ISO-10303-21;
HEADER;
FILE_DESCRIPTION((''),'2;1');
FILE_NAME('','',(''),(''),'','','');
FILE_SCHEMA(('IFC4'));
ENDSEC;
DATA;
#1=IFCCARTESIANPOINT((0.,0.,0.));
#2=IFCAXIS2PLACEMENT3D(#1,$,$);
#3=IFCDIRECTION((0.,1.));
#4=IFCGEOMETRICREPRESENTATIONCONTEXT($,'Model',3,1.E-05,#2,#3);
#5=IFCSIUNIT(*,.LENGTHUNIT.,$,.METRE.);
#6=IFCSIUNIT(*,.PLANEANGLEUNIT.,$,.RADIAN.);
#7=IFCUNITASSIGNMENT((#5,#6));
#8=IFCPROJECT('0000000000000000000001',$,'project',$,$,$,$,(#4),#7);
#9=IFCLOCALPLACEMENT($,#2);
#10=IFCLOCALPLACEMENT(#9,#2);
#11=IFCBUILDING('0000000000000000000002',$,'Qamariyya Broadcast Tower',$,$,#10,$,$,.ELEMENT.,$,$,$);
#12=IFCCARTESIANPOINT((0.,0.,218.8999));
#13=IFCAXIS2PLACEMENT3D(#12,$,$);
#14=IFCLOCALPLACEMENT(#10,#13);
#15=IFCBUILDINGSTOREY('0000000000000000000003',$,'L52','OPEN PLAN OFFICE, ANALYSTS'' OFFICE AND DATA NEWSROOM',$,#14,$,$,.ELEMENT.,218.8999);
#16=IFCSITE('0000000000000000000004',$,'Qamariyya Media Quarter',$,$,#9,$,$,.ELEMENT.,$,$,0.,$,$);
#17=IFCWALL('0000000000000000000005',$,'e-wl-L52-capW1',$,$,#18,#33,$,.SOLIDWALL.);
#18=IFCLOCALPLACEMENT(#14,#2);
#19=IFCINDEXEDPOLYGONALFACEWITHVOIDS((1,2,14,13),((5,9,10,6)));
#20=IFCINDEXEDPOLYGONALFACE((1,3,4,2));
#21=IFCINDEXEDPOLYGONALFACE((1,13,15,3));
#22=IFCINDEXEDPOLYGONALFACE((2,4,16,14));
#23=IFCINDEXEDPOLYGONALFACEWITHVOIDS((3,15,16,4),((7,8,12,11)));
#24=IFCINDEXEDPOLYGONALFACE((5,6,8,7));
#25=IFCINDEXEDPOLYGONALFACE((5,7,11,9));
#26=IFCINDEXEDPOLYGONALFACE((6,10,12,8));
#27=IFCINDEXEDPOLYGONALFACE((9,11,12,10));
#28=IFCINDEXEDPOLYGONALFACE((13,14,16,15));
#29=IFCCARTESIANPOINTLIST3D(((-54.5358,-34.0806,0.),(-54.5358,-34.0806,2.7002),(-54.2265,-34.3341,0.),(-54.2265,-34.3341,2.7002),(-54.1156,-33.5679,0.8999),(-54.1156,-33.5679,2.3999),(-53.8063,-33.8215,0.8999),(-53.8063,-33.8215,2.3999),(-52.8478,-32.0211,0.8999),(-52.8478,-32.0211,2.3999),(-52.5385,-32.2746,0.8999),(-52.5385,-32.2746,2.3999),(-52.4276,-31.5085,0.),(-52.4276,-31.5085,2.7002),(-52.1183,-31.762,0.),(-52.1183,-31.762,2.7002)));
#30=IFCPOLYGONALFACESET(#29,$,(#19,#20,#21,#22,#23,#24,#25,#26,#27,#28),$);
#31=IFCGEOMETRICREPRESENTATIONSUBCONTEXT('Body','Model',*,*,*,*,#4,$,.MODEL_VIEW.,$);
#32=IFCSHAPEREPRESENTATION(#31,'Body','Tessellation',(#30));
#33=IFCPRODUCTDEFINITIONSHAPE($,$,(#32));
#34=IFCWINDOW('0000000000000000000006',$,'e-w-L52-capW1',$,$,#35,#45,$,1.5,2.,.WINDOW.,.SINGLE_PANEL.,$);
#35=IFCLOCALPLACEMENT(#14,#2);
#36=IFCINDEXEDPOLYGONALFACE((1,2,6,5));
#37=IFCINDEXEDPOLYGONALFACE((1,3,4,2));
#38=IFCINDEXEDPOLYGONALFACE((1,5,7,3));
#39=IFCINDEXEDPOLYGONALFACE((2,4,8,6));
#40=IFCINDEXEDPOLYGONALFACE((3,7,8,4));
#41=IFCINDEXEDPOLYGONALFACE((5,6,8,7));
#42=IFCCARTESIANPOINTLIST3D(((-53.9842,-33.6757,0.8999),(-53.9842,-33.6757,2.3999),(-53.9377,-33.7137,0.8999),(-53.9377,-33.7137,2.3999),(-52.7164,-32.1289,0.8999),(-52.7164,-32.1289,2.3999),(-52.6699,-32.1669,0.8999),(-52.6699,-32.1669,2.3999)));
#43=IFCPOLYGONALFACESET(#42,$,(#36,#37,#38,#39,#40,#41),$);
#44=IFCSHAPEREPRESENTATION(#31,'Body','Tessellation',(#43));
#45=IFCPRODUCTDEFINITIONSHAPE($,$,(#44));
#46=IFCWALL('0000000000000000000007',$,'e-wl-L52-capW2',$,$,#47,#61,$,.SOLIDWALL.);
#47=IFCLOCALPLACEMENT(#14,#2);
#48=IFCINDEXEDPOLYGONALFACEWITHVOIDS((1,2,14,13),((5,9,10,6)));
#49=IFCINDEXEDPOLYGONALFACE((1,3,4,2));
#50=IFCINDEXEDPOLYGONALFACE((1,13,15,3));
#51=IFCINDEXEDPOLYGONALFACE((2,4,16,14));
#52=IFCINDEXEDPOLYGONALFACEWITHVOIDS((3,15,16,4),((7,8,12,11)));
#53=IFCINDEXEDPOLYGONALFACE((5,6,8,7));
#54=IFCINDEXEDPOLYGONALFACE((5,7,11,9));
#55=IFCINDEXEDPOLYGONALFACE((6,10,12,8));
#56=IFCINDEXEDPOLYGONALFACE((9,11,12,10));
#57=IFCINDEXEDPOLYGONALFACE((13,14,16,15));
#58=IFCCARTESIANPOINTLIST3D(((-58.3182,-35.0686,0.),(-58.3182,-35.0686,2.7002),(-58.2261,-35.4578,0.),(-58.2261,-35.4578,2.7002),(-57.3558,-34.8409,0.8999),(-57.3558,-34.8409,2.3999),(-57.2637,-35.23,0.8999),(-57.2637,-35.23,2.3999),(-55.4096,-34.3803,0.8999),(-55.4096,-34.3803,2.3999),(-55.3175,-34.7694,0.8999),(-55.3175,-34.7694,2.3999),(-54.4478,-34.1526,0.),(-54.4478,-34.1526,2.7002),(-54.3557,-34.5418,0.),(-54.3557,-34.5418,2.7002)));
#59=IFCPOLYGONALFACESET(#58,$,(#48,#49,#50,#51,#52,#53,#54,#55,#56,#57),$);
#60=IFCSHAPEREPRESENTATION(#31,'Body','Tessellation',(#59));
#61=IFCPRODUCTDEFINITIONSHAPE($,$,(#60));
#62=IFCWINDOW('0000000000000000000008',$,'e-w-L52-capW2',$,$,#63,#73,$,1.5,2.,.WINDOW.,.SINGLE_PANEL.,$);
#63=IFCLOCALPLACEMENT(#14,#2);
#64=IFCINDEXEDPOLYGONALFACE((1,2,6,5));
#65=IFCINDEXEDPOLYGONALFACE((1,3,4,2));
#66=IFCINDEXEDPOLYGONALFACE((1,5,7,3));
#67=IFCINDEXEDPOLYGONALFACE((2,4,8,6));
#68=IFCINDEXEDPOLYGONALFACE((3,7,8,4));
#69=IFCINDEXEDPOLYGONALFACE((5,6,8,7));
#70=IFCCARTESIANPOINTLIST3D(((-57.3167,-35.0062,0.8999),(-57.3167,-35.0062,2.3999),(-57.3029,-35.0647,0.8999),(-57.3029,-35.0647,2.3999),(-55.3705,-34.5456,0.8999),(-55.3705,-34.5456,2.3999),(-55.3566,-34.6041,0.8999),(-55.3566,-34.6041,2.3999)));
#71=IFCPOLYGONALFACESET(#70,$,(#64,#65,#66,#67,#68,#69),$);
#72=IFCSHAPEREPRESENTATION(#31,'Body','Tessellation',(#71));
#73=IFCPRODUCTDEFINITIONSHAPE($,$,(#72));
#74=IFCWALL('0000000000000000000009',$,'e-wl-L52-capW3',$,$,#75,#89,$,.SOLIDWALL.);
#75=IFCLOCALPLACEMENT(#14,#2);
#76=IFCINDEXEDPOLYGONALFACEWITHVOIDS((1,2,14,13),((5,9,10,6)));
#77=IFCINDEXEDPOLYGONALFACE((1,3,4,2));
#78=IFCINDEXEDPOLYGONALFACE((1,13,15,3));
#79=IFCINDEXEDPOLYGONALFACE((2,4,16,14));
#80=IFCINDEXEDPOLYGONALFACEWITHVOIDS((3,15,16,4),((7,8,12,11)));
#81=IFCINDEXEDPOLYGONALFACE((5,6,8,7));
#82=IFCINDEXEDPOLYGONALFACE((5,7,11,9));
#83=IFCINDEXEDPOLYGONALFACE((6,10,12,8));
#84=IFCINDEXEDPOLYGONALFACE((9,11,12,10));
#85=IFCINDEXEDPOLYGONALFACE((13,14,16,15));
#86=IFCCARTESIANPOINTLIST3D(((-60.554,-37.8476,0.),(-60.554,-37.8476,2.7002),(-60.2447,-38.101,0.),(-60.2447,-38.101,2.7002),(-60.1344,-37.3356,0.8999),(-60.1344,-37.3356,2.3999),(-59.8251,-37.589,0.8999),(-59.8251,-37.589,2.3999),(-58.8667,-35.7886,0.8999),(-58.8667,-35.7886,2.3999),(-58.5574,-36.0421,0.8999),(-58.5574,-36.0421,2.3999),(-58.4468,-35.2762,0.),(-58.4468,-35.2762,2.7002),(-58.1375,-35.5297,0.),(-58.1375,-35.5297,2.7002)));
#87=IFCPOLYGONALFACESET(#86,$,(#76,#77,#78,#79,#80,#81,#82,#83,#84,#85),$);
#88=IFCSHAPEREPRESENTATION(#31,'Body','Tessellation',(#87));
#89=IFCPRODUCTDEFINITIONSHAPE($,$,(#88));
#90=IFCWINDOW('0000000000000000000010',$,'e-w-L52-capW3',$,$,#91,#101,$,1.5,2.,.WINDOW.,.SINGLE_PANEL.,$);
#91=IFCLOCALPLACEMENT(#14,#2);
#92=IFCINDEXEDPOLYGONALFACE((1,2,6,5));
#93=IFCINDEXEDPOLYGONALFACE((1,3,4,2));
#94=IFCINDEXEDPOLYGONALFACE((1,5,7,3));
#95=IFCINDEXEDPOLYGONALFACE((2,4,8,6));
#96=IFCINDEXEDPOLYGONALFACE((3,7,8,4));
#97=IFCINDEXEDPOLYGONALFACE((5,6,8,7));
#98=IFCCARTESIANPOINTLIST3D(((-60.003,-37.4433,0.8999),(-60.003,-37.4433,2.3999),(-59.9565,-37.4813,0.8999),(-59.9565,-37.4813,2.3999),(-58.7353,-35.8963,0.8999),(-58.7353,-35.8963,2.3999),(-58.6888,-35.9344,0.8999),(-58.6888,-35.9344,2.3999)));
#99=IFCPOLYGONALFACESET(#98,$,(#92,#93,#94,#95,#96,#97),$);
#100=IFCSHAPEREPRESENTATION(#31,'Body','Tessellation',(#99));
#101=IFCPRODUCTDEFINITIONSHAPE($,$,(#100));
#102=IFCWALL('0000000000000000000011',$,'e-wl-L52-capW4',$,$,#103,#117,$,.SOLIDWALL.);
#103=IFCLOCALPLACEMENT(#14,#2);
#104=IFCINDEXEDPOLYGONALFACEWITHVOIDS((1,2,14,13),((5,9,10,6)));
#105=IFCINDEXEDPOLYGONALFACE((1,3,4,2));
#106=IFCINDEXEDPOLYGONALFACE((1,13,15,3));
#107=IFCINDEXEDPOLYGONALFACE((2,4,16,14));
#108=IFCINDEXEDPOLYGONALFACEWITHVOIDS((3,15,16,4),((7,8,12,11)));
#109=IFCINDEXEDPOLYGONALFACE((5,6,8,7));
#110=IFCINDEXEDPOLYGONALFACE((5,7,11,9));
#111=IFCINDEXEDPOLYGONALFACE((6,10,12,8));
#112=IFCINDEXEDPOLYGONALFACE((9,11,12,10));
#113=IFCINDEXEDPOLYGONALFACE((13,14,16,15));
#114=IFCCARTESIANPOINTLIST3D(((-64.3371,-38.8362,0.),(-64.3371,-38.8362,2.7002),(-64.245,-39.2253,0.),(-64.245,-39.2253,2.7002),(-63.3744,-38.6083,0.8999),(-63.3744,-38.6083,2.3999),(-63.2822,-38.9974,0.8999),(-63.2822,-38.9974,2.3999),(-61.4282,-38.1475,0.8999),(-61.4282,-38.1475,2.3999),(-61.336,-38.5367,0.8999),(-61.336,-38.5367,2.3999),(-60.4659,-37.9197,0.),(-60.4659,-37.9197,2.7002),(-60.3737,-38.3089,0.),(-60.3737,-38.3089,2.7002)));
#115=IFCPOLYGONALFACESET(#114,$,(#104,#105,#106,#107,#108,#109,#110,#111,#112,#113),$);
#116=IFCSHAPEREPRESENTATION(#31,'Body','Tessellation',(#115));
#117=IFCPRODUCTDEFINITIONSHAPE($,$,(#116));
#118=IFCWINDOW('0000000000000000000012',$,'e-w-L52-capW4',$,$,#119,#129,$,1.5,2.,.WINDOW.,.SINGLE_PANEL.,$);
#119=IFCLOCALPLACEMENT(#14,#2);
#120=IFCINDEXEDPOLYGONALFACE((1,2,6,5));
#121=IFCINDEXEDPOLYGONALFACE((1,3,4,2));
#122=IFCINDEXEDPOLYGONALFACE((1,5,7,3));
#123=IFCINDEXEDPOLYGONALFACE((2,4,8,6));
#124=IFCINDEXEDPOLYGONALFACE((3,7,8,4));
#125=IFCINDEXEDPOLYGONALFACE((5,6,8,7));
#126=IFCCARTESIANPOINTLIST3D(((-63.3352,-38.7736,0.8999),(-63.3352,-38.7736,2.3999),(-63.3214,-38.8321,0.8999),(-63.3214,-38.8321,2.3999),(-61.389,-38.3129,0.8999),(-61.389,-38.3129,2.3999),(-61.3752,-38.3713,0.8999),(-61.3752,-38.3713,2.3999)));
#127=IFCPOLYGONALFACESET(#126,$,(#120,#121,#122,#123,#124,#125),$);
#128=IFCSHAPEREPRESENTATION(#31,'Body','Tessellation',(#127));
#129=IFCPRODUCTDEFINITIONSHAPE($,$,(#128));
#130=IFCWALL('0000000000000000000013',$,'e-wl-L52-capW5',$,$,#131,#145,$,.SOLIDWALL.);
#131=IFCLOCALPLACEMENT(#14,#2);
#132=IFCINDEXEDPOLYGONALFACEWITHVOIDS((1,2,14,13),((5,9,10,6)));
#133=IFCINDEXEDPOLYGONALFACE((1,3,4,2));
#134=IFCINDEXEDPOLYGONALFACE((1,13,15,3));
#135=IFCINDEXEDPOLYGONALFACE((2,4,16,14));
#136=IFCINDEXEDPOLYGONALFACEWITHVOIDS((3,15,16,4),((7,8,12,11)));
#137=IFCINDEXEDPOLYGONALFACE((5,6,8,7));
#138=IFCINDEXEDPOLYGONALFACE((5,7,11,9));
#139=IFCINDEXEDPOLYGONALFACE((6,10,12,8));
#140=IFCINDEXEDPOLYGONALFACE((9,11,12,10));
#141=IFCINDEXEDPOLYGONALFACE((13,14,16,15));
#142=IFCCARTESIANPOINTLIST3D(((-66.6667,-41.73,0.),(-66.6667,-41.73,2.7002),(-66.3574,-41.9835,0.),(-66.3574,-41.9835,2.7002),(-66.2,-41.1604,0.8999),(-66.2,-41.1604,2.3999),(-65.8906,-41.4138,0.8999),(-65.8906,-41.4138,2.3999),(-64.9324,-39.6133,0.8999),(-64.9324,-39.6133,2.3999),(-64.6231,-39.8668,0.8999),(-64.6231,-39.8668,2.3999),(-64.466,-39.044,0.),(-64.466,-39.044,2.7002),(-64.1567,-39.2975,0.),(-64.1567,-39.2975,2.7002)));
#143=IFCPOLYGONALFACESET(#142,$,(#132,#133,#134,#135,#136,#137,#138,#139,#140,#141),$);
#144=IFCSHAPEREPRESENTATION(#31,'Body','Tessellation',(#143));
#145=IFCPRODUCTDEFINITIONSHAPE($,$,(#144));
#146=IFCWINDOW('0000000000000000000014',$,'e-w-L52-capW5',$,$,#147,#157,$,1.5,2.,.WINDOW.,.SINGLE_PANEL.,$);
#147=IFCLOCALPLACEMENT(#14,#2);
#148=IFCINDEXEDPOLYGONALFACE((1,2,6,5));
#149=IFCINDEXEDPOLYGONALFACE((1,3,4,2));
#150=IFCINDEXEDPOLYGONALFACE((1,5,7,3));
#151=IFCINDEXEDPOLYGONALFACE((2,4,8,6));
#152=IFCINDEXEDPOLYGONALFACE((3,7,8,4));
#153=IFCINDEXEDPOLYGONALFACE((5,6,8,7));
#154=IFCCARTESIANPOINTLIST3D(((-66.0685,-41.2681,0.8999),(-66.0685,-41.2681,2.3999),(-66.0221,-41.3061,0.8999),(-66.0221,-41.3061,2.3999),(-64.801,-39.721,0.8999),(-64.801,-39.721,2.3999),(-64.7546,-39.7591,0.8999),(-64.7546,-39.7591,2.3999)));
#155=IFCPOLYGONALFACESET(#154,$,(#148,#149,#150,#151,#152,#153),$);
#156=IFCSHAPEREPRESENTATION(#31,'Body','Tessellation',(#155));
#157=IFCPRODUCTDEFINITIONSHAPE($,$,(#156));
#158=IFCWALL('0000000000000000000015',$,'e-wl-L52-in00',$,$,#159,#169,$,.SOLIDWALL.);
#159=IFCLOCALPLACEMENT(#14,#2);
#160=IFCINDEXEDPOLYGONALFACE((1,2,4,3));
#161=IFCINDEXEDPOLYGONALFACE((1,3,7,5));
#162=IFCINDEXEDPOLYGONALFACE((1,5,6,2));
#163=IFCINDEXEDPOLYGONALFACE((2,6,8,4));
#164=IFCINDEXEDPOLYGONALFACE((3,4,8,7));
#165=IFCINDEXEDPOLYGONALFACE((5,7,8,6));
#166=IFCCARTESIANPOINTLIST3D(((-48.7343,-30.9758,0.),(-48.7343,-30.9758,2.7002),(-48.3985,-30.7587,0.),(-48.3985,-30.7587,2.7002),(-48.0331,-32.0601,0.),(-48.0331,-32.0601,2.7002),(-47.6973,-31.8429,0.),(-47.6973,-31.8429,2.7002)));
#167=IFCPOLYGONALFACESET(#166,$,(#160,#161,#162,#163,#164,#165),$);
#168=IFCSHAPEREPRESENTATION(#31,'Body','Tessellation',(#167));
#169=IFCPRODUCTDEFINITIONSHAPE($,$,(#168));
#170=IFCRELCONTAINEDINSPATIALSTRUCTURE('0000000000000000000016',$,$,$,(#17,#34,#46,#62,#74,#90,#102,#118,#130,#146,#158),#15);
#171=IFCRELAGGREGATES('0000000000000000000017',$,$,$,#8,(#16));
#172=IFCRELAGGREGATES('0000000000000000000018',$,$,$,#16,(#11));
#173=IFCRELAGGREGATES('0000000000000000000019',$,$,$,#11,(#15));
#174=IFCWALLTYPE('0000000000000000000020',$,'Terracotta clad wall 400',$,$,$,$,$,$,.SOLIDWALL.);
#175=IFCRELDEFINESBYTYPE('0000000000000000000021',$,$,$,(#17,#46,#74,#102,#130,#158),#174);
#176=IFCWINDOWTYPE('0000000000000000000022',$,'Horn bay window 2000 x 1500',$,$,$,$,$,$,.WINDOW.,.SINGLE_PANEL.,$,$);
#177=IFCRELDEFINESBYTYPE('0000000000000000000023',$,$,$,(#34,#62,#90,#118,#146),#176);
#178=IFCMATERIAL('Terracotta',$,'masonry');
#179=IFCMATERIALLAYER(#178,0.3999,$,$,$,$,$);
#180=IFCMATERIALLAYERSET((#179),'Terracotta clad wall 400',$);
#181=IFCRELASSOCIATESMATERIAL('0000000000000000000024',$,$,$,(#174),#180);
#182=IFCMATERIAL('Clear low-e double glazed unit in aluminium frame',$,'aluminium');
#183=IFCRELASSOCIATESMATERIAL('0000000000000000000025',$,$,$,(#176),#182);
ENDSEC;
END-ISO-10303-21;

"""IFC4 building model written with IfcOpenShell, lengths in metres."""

from ifc_helpers import new_model, si_unit, direction, frame, frame_2d, origin, place, context, subcontext, project, spatial, rectangle, extrude, material, layer, layer_set, type_object, element, fill, save


model = new_model("IFC4")

# Units and contexts
model_context = context("Model", 3, precision=1e-05, world=origin(), true_north=direction((0.0, 1.0)))
body_context = subcontext(model_context, "Body", "Model", "MODEL_VIEW")
ifc_project = project(units=[si_unit("LENGTHUNIT", "METRE"), si_unit("PLANEANGLEUNIT", "RADIAN")], contexts=[model_context])

# Site, building, storey
site_placement = place(None, origin())
site = spatial("IfcSite", under=ifc_project, at=site_placement, Name="Qamariyya Media Quarter", CompositionType="ELEMENT", RefElevation=0.0)
building_placement = place(site_placement, origin())
building = spatial("IfcBuilding", under=site, at=building_placement, Name="Qamariyya Broadcast Tower", CompositionType="ELEMENT")
storey_placement = place(building_placement, frame((0.0, 0.0, 218.8999)))
storey = spatial("IfcBuildingStorey", under=building, at=storey_placement, Name="L52", Description="OPEN PLAN OFFICE, ANALYSTS' OFFICE AND DATA NEWSROOM", CompositionType="ELEMENT", Elevation=218.8999)

# Walls, openings, windows
ifc_material_1 = material(Name="Terracotta", Category="masonry")
ifc_layer = layer(ifc_material_1, 0.3999)
ifc_layer_set = layer_set([ifc_layer], Name="Terracotta clad wall 400")
wall_type = type_object("IfcWallType", Name="Terracotta clad wall 400", PredefinedType="SOLIDWALL", material=ifc_layer_set)
ifc_material_2 = material(Name="Clear low-e double glazed unit in aluminium frame", Category="aluminium")
window_type_1 = type_object("IfcWindowType", Name="Horn bay window 2000 x 1500", PartitioningType="SINGLE_PANEL", PredefinedType="WINDOW", material=ifc_material_2)
wall_1_placement = place(storey_placement, frame((-52.2729, -31.6353, 0.0), z_axis=(0.0, 0.0, 1.0), x_axis=(-0.633917, -0.773401, 0.0)))
wall_1 = element("IfcWall", 1, at=wall_1_placement, inside=storey, type_object=wall_type, Name="e-wl-L52-capW1", PredefinedType="SOLIDWALL", context=body_context, shape_type="SweptSolid", body=[
    extrude(rectangle(XDim=3.3257, YDim=0.3999, at=frame_2d((1.6628, 0.0))), origin(), (0.0, 0.0, 1.0), 2.7002),
])
opening_1_placement = place(wall_1_placement, frame((0.6628, 0.0, 0.8999)))
opening_1 = element("IfcOpeningElement", 2, at=opening_1_placement, cuts=wall_1, PredefinedType="OPENING", context=body_context, shape_type="SweptSolid", body=[
    extrude(rectangle(XDim=2.0, YDim=1.5, at=frame_2d((1.0, 0.75))), frame((0.0, 0.21, 0.0), z_axis=(0.0, -1.0, 0.0), x_axis=(1.0, 0.0, 0.0)), (0.0, 0.0, 1.0), 0.4199),
])
window_1_placement = place(opening_1_placement, origin())
window_1 = element("IfcWindow", 3, at=window_1_placement, inside=storey, type_object=window_type_1, Name="e-w-L52-capW1", OverallHeight=1.5, OverallWidth=2.0, PartitioningType="SINGLE_PANEL", PredefinedType="WINDOW", context=body_context, shape_type="SweptSolid", body=[
    extrude(rectangle(XDim=2.0, YDim=1.5, at=frame_2d((1.0, 0.75))), frame((0.0, 0.03, 0.0), z_axis=(0.0, -1.0, 0.0), x_axis=(1.0, 0.0, 0.0)), (0.0, 0.0, 1.0), 0.0601),
])
fill(opening_1, window_1)
wall_2_placement = place(storey_placement, frame((-54.4016, -34.3472, 0.0), z_axis=(0.0, 0.0, 1.0), x_axis=(-0.973117, -0.230312, 0.0)))
wall_2 = element("IfcWall", 4, at=wall_2_placement, inside=storey, type_object=wall_type, Name="e-wl-L52-capW2", PredefinedType="SOLIDWALL", context=body_context, shape_type="SweptSolid", body=[
    extrude(rectangle(XDim=3.9773, YDim=0.3999, at=frame_2d((1.9888, 0.0))), origin(), (0.0, 0.0, 1.0), 2.7002),
])
opening_2_placement = place(wall_2_placement, frame((0.9885, 0.0, 0.8999)))
opening_2 = element("IfcOpeningElement", 5, at=opening_2_placement, cuts=wall_2, PredefinedType="OPENING", context=body_context, shape_type="SweptSolid", body=[
    extrude(rectangle(XDim=2.0, YDim=1.5, at=frame_2d((1.0, 0.75))), frame((0.0, 0.21, 0.0), z_axis=(0.0, -1.0, 0.0), x_axis=(1.0, 0.0, 0.0)), (0.0, 0.0, 1.0), 0.4199),
])
window_2_placement = place(opening_2_placement, origin())
window_2 = element("IfcWindow", 6, at=window_2_placement, inside=storey, type_object=window_type_1, Name="e-w-L52-capW2", OverallHeight=1.5, OverallWidth=2.0, PartitioningType="SINGLE_PANEL", PredefinedType="WINDOW", context=body_context, shape_type="SweptSolid", body=[
    extrude(rectangle(XDim=2.0, YDim=1.5, at=frame_2d((1.0, 0.75))), frame((0.0, 0.03, 0.0), z_axis=(0.0, -1.0, 0.0), x_axis=(1.0, 0.0, 0.0)), (0.0, 0.0, 1.0), 0.0601),
])
fill(opening_2, window_2)
wall_3_placement = place(storey_placement, frame((-58.2922, -35.4031, 0.0), z_axis=(0.0, 0.0, 1.0), x_axis=(-0.633849, -0.773456, 0.0)))
wall_3 = element("IfcWall", 7, at=wall_3_placement, inside=storey, type_object=wall_type, Name="e-wl-L52-capW3", PredefinedType="SOLIDWALL", context=body_context, shape_type="SweptSolid", body=[
    extrude(rectangle(XDim=3.3245, YDim=0.3999, at=frame_2d((1.6621, 0.0))), origin(), (0.0, 0.0, 1.0), 2.7002),
])
opening_3_placement = place(wall_3_placement, frame((0.6624, 0.0, 0.8999)))
opening_3 = element("IfcOpeningElement", 8, at=opening_3_placement, cuts=wall_3, PredefinedType="OPENING", context=body_context, shape_type="SweptSolid", body=[
    extrude(rectangle(XDim=2.0, YDim=1.5, at=frame_2d((1.0, 0.75))), frame((0.0, 0.21, 0.0), z_axis=(0.0, -1.0, 0.0), x_axis=(1.0, 0.0, 0.0)), (0.0, 0.0, 1.0), 0.4199),
])
window_3_placement = place(opening_3_placement, origin())
window_3 = element("IfcWindow", 9, at=window_3_placement, inside=storey, type_object=window_type_1, Name="e-w-L52-capW3", OverallHeight=1.5, OverallWidth=2.0, PartitioningType="SINGLE_PANEL", PredefinedType="WINDOW", context=body_context, shape_type="SweptSolid", body=[
    extrude(rectangle(XDim=2.0, YDim=1.5, at=frame_2d((1.0, 0.75))), frame((0.0, 0.03, 0.0), z_axis=(0.0, -1.0, 0.0), x_axis=(1.0, 0.0, 0.0)), (0.0, 0.0, 1.0), 0.0601),
])
fill(opening_3, window_3)
wall_4_placement = place(storey_placement, frame((-60.4197, -38.1143, 0.0), z_axis=(0.0, 0.0, 1.0), x_axis=(-0.973102, -0.230373, 0.0)))
wall_4 = element("IfcWall", 10, at=wall_4_placement, inside=storey, type_object=wall_type, Name="e-wl-L52-capW4", PredefinedType="SOLIDWALL", context=body_context, shape_type="SweptSolid", body=[
    extrude(rectangle(XDim=3.9783, YDim=0.3999, at=frame_2d((1.9893, 0.0))), origin(), (0.0, 0.0, 1.0), 2.7002),
])
opening_4_placement = place(wall_4_placement, frame((0.989, 0.0, 0.8999)))
opening_4 = element("IfcOpeningElement", 11, at=opening_4_placement, cuts=wall_4, PredefinedType="OPENING", context=body_context, shape_type="SweptSolid", body=[
    extrude(rectangle(XDim=2.0, YDim=1.5, at=frame_2d((1.0, 0.75))), frame((0.0, 0.21, 0.0), z_axis=(0.0, -1.0, 0.0), x_axis=(1.0, 0.0, 0.0)), (0.0, 0.0, 1.0), 0.4199),
])
window_4_placement = place(opening_4_placement, origin())
window_4 = element("IfcWindow", 12, at=window_4_placement, inside=storey, type_object=window_type_1, Name="e-w-L52-capW4", OverallHeight=1.5, OverallWidth=2.0, PartitioningType="SINGLE_PANEL", PredefinedType="WINDOW", context=body_context, shape_type="SweptSolid", body=[
    extrude(rectangle(XDim=2.0, YDim=1.5, at=frame_2d((1.0, 0.75))), frame((0.0, 0.03, 0.0), z_axis=(0.0, -1.0, 0.0), x_axis=(1.0, 0.0, 0.0)), (0.0, 0.0, 1.0), 0.0601),
])
fill(opening_4, window_4)
wall_5_placement = place(storey_placement, frame((-64.3113, -39.1707, 0.0), z_axis=(0.0, 0.0, 1.0), x_axis=(-0.633758, -0.773531, 0.0)))
wall_5 = element("IfcWall", 13, at=wall_5_placement, inside=storey, type_object=wall_type, Name="e-wl-L52-capW5", PredefinedType="SOLIDWALL", context=body_context, shape_type="SweptSolid", body=[
    extrude(rectangle(XDim=3.4724, YDim=0.3999, at=frame_2d((1.7363, 0.0))), origin(), (0.0, 0.0, 1.0), 2.7002),
])
opening_5_placement = place(wall_5_placement, frame((0.7361, 0.0, 0.8999)))
opening_5 = element("IfcOpeningElement", 14, at=opening_5_placement, cuts=wall_5, PredefinedType="OPENING", context=body_context, shape_type="SweptSolid", body=[
    extrude(rectangle(XDim=2.0, YDim=1.5, at=frame_2d((1.0, 0.75))), frame((0.0, 0.21, 0.0), z_axis=(0.0, -1.0, 0.0), x_axis=(1.0, 0.0, 0.0)), (0.0, 0.0, 1.0), 0.4199),
])
window_5_placement = place(opening_5_placement, origin())
window_5 = element("IfcWindow", 15, at=window_5_placement, inside=storey, type_object=window_type_1, Name="e-w-L52-capW5", OverallHeight=1.5, OverallWidth=2.0, PartitioningType="SINGLE_PANEL", PredefinedType="WINDOW", context=body_context, shape_type="SweptSolid", body=[
    extrude(rectangle(XDim=2.0, YDim=1.5, at=frame_2d((1.0, 0.75))), frame((0.0, 0.03, 0.0), z_axis=(0.0, -1.0, 0.0), x_axis=(1.0, 0.0, 0.0)), (0.0, 0.0, 1.0), 0.0601),
])
fill(opening_5, window_5)

# Wall
wall_6_placement = place(storey_placement, frame((-47.8652, -31.9514, 0.0), z_axis=(0.0, 0.0, 1.0), x_axis=(-0.54304, 0.839707, 0.0)))
element("IfcWall", 16, at=wall_6_placement, inside=storey, type_object=wall_type, Name="e-wl-L52-in00", PredefinedType="SOLIDWALL", context=body_context, shape_type="SweptSolid", body=[
    extrude(rectangle(XDim=1.2913, YDim=0.3999, at=frame_2d((0.6455, 0.0))), origin(), (0.0, 0.0, 1.0), 2.7002),
])

save(model, "model.ifc")
